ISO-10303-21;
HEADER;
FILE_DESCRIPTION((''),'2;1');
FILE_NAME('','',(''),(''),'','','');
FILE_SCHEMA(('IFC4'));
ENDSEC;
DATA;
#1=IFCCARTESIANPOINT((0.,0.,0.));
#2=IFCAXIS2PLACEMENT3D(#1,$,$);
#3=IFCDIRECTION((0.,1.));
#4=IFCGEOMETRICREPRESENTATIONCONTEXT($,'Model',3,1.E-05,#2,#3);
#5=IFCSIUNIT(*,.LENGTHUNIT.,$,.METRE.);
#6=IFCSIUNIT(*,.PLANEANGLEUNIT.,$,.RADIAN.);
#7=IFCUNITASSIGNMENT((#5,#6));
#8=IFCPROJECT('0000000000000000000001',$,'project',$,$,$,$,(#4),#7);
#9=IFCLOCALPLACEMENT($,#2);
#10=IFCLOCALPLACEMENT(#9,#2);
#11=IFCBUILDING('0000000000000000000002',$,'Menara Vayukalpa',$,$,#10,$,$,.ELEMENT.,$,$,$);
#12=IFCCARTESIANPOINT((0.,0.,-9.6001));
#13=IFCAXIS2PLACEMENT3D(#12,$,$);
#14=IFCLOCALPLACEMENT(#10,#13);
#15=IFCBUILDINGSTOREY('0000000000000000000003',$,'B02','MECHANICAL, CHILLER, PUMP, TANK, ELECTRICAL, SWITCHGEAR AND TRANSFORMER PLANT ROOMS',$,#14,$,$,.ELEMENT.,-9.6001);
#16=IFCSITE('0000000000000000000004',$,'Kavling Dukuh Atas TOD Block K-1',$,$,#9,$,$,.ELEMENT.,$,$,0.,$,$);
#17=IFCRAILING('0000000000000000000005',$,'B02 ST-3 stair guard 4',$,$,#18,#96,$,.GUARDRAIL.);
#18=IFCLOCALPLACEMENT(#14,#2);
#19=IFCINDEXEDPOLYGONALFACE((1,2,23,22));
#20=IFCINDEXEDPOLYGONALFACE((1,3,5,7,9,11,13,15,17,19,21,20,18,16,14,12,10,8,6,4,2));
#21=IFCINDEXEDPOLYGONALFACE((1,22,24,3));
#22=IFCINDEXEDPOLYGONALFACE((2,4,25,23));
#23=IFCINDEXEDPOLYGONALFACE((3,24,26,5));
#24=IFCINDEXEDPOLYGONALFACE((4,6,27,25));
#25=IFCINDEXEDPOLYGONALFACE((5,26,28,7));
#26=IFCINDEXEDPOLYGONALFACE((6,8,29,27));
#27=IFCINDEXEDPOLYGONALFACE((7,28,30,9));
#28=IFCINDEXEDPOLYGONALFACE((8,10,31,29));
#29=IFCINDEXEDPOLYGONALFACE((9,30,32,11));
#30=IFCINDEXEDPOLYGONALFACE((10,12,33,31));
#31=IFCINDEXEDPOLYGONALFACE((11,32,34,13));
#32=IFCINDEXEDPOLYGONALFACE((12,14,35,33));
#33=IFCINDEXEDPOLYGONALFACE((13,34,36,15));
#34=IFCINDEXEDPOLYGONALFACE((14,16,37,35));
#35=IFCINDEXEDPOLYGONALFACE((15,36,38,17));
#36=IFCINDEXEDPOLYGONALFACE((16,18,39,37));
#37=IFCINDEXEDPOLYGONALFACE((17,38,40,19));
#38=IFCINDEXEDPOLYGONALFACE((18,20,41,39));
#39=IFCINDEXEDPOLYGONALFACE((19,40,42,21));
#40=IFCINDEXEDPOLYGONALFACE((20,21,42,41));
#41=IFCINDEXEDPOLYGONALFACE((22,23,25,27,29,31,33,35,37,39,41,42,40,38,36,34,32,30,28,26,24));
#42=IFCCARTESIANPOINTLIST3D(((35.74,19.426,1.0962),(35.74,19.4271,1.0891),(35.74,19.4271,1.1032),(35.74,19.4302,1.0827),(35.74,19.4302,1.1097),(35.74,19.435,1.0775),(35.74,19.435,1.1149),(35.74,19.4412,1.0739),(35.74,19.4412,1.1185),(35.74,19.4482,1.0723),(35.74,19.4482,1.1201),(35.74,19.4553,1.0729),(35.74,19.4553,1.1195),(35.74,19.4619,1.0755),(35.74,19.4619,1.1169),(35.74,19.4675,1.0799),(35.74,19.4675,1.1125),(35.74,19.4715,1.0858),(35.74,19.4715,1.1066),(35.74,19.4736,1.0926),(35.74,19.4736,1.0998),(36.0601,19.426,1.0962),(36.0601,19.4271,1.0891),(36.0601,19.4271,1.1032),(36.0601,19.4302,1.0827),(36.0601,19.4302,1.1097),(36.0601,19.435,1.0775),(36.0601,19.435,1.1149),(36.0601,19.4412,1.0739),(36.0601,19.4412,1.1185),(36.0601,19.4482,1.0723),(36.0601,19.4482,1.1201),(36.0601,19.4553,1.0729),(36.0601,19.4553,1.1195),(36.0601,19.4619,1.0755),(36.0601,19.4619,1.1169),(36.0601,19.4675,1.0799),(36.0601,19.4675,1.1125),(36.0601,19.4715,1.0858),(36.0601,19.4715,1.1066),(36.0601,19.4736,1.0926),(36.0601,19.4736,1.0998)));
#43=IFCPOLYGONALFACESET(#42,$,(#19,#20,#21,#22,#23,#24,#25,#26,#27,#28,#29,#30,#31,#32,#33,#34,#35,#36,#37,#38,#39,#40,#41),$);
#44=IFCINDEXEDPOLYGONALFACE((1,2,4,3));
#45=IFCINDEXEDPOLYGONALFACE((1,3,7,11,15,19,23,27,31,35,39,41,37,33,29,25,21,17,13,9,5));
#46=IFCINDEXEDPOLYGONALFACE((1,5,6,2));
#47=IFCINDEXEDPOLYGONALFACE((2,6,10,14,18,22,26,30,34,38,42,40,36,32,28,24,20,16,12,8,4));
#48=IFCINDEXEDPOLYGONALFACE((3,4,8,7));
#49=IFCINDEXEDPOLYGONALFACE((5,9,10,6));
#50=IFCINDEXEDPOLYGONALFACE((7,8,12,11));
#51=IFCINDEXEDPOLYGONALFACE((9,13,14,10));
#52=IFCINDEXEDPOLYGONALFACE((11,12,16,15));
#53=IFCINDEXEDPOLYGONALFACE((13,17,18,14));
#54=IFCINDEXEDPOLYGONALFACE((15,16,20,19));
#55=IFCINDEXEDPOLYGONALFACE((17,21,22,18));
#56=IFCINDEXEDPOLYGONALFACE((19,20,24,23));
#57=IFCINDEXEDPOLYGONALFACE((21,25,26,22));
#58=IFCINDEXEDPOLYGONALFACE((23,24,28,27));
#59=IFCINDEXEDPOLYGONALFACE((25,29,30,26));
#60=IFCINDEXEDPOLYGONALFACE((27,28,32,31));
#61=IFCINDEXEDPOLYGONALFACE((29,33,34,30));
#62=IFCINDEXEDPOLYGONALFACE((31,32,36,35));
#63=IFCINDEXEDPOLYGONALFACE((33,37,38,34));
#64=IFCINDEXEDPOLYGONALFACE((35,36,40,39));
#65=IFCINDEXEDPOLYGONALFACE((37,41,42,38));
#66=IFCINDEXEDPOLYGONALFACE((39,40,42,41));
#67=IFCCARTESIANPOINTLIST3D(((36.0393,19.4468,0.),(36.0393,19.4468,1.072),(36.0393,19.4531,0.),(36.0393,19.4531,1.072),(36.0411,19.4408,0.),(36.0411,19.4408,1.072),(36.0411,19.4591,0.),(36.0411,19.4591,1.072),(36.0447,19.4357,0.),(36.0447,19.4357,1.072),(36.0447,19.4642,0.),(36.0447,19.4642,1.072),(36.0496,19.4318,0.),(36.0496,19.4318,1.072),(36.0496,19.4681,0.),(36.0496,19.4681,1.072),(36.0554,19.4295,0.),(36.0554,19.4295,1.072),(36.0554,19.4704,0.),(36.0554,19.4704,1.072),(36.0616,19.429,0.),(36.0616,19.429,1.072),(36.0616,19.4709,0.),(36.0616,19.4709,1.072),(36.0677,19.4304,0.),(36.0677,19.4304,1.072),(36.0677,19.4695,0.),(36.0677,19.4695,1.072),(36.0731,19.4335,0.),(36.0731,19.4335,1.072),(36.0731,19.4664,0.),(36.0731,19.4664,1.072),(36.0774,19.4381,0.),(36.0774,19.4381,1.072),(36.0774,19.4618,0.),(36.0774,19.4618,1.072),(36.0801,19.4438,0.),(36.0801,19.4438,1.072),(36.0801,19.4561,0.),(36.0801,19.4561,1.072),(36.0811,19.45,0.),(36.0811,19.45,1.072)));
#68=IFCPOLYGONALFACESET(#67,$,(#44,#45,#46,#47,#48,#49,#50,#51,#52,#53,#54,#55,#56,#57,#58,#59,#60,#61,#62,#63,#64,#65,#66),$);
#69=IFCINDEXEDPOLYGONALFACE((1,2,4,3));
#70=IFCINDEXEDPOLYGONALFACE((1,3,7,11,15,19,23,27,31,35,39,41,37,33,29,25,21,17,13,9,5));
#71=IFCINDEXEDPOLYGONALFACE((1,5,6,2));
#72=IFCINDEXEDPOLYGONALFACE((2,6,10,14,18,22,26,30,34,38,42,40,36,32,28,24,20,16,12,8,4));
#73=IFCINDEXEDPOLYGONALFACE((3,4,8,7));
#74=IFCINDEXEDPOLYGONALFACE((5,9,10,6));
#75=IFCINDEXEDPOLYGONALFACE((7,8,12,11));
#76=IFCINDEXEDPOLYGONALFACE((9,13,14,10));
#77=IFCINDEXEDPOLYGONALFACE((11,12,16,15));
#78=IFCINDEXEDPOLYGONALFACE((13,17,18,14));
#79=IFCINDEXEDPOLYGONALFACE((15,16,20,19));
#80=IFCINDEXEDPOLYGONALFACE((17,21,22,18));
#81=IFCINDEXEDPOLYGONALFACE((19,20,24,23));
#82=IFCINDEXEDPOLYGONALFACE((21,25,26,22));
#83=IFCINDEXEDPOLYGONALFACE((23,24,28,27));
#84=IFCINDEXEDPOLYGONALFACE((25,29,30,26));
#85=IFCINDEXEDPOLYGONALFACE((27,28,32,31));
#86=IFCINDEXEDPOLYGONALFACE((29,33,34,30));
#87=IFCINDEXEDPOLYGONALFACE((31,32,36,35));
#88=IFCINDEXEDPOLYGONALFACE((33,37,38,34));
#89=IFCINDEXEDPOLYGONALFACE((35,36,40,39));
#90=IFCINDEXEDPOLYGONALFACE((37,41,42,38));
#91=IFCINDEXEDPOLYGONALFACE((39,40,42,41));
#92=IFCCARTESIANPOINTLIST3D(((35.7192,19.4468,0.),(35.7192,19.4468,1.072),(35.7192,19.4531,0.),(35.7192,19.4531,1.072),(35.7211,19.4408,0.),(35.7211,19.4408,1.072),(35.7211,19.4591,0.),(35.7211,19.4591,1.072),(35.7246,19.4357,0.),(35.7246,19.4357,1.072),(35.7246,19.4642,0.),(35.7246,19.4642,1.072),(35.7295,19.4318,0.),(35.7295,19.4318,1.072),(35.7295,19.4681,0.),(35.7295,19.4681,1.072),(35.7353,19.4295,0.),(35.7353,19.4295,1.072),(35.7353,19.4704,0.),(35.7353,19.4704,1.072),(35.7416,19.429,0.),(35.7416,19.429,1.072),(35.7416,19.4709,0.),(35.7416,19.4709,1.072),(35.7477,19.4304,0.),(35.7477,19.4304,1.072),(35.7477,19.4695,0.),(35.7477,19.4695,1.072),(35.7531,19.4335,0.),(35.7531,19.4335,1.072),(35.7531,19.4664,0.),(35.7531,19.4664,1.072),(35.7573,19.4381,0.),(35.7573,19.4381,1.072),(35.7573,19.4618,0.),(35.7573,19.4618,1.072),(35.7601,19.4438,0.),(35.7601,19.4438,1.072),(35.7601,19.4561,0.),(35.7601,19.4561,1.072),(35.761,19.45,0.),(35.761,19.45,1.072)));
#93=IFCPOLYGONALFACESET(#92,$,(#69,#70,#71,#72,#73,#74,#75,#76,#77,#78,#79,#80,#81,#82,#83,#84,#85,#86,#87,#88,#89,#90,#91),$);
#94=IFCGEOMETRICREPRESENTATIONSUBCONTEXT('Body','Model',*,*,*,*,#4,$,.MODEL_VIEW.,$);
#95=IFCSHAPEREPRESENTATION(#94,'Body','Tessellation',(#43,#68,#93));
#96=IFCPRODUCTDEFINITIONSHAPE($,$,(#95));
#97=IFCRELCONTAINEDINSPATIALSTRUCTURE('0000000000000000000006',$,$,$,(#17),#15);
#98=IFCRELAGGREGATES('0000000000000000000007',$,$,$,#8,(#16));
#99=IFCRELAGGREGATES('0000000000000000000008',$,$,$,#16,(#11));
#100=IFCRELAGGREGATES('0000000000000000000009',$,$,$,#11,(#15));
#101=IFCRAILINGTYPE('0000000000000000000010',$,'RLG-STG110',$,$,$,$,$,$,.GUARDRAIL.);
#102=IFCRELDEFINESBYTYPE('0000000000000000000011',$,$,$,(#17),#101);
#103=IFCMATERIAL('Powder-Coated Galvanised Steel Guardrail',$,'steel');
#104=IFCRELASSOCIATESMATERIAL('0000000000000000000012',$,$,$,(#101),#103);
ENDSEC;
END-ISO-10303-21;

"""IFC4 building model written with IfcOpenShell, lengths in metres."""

from ifc_helpers import new_model, si_unit, direction, frame, origin, origin_2d, place, context, subcontext, project, spatial, circle, extrude, material, type_object, element, save


model = new_model("IFC4")

# Units and contexts
model_context = context("Model", 3, precision=1e-05, world=origin(), true_north=direction((0.0, 1.0)))
body_context = subcontext(model_context, "Body", "Model", "MODEL_VIEW")
ifc_project = project(units=[si_unit("LENGTHUNIT", "METRE"), si_unit("PLANEANGLEUNIT", "RADIAN")], contexts=[model_context])

# Site, building, storey
site_placement = place(None, origin())
site = spatial("IfcSite", under=ifc_project, at=site_placement, Name="Kavling Dukuh Atas TOD Block K-1", CompositionType="ELEMENT", RefElevation=0.0)
building_placement = place(site_placement, origin())
building = spatial("IfcBuilding", under=site, at=building_placement, Name="Menara Vayukalpa", CompositionType="ELEMENT")
storey_placement = place(building_placement, frame((0.0, 0.0, -9.6001)))
storey = spatial("IfcBuildingStorey", under=building, at=storey_placement, Name="B02", Description="MECHANICAL, CHILLER, PUMP, TANK, ELECTRICAL, SWITCHGEAR AND TRANSFORMER PLANT ROOMS", CompositionType="ELEMENT", Elevation=-9.6001)

# Railing
ifc_material_1 = material(Name="Powder-Coated Galvanised Steel Guardrail", Category="steel")
railing_type_1 = type_object("IfcRailingType", Name="RLG-STG110", PredefinedType="GUARDRAIL", material=ifc_material_1)
railing_1_placement = place(storey_placement, frame((36.0601, 19.45, 0.0)))
element("IfcRailing", 1, at=railing_1_placement, inside=storey, type_object=railing_type_1, Name="B02 ST-3 stair guard 4", PredefinedType="GUARDRAIL", context=body_context, shape_type="SweptSolid", body=[
    extrude(circle(Radius=0.0239, at=origin_2d()), frame((0.0, 0.0, 1.0962), z_axis=(-1.0, 0.0, 0.0), x_axis=(0.0, -1.0, 0.0)), (0.0, 0.0, 1.0), 0.3201),
    extrude(circle(Radius=0.021, at=origin_2d()), origin(), (0.0, 0.0, 1.0), 1.072),
    extrude(circle(Radius=0.021, at=origin_2d()), frame((-0.3201, 0.0, 0.0)), (0.0, 0.0, 1.0), 1.072),
])

save(model, "model.ifc")
